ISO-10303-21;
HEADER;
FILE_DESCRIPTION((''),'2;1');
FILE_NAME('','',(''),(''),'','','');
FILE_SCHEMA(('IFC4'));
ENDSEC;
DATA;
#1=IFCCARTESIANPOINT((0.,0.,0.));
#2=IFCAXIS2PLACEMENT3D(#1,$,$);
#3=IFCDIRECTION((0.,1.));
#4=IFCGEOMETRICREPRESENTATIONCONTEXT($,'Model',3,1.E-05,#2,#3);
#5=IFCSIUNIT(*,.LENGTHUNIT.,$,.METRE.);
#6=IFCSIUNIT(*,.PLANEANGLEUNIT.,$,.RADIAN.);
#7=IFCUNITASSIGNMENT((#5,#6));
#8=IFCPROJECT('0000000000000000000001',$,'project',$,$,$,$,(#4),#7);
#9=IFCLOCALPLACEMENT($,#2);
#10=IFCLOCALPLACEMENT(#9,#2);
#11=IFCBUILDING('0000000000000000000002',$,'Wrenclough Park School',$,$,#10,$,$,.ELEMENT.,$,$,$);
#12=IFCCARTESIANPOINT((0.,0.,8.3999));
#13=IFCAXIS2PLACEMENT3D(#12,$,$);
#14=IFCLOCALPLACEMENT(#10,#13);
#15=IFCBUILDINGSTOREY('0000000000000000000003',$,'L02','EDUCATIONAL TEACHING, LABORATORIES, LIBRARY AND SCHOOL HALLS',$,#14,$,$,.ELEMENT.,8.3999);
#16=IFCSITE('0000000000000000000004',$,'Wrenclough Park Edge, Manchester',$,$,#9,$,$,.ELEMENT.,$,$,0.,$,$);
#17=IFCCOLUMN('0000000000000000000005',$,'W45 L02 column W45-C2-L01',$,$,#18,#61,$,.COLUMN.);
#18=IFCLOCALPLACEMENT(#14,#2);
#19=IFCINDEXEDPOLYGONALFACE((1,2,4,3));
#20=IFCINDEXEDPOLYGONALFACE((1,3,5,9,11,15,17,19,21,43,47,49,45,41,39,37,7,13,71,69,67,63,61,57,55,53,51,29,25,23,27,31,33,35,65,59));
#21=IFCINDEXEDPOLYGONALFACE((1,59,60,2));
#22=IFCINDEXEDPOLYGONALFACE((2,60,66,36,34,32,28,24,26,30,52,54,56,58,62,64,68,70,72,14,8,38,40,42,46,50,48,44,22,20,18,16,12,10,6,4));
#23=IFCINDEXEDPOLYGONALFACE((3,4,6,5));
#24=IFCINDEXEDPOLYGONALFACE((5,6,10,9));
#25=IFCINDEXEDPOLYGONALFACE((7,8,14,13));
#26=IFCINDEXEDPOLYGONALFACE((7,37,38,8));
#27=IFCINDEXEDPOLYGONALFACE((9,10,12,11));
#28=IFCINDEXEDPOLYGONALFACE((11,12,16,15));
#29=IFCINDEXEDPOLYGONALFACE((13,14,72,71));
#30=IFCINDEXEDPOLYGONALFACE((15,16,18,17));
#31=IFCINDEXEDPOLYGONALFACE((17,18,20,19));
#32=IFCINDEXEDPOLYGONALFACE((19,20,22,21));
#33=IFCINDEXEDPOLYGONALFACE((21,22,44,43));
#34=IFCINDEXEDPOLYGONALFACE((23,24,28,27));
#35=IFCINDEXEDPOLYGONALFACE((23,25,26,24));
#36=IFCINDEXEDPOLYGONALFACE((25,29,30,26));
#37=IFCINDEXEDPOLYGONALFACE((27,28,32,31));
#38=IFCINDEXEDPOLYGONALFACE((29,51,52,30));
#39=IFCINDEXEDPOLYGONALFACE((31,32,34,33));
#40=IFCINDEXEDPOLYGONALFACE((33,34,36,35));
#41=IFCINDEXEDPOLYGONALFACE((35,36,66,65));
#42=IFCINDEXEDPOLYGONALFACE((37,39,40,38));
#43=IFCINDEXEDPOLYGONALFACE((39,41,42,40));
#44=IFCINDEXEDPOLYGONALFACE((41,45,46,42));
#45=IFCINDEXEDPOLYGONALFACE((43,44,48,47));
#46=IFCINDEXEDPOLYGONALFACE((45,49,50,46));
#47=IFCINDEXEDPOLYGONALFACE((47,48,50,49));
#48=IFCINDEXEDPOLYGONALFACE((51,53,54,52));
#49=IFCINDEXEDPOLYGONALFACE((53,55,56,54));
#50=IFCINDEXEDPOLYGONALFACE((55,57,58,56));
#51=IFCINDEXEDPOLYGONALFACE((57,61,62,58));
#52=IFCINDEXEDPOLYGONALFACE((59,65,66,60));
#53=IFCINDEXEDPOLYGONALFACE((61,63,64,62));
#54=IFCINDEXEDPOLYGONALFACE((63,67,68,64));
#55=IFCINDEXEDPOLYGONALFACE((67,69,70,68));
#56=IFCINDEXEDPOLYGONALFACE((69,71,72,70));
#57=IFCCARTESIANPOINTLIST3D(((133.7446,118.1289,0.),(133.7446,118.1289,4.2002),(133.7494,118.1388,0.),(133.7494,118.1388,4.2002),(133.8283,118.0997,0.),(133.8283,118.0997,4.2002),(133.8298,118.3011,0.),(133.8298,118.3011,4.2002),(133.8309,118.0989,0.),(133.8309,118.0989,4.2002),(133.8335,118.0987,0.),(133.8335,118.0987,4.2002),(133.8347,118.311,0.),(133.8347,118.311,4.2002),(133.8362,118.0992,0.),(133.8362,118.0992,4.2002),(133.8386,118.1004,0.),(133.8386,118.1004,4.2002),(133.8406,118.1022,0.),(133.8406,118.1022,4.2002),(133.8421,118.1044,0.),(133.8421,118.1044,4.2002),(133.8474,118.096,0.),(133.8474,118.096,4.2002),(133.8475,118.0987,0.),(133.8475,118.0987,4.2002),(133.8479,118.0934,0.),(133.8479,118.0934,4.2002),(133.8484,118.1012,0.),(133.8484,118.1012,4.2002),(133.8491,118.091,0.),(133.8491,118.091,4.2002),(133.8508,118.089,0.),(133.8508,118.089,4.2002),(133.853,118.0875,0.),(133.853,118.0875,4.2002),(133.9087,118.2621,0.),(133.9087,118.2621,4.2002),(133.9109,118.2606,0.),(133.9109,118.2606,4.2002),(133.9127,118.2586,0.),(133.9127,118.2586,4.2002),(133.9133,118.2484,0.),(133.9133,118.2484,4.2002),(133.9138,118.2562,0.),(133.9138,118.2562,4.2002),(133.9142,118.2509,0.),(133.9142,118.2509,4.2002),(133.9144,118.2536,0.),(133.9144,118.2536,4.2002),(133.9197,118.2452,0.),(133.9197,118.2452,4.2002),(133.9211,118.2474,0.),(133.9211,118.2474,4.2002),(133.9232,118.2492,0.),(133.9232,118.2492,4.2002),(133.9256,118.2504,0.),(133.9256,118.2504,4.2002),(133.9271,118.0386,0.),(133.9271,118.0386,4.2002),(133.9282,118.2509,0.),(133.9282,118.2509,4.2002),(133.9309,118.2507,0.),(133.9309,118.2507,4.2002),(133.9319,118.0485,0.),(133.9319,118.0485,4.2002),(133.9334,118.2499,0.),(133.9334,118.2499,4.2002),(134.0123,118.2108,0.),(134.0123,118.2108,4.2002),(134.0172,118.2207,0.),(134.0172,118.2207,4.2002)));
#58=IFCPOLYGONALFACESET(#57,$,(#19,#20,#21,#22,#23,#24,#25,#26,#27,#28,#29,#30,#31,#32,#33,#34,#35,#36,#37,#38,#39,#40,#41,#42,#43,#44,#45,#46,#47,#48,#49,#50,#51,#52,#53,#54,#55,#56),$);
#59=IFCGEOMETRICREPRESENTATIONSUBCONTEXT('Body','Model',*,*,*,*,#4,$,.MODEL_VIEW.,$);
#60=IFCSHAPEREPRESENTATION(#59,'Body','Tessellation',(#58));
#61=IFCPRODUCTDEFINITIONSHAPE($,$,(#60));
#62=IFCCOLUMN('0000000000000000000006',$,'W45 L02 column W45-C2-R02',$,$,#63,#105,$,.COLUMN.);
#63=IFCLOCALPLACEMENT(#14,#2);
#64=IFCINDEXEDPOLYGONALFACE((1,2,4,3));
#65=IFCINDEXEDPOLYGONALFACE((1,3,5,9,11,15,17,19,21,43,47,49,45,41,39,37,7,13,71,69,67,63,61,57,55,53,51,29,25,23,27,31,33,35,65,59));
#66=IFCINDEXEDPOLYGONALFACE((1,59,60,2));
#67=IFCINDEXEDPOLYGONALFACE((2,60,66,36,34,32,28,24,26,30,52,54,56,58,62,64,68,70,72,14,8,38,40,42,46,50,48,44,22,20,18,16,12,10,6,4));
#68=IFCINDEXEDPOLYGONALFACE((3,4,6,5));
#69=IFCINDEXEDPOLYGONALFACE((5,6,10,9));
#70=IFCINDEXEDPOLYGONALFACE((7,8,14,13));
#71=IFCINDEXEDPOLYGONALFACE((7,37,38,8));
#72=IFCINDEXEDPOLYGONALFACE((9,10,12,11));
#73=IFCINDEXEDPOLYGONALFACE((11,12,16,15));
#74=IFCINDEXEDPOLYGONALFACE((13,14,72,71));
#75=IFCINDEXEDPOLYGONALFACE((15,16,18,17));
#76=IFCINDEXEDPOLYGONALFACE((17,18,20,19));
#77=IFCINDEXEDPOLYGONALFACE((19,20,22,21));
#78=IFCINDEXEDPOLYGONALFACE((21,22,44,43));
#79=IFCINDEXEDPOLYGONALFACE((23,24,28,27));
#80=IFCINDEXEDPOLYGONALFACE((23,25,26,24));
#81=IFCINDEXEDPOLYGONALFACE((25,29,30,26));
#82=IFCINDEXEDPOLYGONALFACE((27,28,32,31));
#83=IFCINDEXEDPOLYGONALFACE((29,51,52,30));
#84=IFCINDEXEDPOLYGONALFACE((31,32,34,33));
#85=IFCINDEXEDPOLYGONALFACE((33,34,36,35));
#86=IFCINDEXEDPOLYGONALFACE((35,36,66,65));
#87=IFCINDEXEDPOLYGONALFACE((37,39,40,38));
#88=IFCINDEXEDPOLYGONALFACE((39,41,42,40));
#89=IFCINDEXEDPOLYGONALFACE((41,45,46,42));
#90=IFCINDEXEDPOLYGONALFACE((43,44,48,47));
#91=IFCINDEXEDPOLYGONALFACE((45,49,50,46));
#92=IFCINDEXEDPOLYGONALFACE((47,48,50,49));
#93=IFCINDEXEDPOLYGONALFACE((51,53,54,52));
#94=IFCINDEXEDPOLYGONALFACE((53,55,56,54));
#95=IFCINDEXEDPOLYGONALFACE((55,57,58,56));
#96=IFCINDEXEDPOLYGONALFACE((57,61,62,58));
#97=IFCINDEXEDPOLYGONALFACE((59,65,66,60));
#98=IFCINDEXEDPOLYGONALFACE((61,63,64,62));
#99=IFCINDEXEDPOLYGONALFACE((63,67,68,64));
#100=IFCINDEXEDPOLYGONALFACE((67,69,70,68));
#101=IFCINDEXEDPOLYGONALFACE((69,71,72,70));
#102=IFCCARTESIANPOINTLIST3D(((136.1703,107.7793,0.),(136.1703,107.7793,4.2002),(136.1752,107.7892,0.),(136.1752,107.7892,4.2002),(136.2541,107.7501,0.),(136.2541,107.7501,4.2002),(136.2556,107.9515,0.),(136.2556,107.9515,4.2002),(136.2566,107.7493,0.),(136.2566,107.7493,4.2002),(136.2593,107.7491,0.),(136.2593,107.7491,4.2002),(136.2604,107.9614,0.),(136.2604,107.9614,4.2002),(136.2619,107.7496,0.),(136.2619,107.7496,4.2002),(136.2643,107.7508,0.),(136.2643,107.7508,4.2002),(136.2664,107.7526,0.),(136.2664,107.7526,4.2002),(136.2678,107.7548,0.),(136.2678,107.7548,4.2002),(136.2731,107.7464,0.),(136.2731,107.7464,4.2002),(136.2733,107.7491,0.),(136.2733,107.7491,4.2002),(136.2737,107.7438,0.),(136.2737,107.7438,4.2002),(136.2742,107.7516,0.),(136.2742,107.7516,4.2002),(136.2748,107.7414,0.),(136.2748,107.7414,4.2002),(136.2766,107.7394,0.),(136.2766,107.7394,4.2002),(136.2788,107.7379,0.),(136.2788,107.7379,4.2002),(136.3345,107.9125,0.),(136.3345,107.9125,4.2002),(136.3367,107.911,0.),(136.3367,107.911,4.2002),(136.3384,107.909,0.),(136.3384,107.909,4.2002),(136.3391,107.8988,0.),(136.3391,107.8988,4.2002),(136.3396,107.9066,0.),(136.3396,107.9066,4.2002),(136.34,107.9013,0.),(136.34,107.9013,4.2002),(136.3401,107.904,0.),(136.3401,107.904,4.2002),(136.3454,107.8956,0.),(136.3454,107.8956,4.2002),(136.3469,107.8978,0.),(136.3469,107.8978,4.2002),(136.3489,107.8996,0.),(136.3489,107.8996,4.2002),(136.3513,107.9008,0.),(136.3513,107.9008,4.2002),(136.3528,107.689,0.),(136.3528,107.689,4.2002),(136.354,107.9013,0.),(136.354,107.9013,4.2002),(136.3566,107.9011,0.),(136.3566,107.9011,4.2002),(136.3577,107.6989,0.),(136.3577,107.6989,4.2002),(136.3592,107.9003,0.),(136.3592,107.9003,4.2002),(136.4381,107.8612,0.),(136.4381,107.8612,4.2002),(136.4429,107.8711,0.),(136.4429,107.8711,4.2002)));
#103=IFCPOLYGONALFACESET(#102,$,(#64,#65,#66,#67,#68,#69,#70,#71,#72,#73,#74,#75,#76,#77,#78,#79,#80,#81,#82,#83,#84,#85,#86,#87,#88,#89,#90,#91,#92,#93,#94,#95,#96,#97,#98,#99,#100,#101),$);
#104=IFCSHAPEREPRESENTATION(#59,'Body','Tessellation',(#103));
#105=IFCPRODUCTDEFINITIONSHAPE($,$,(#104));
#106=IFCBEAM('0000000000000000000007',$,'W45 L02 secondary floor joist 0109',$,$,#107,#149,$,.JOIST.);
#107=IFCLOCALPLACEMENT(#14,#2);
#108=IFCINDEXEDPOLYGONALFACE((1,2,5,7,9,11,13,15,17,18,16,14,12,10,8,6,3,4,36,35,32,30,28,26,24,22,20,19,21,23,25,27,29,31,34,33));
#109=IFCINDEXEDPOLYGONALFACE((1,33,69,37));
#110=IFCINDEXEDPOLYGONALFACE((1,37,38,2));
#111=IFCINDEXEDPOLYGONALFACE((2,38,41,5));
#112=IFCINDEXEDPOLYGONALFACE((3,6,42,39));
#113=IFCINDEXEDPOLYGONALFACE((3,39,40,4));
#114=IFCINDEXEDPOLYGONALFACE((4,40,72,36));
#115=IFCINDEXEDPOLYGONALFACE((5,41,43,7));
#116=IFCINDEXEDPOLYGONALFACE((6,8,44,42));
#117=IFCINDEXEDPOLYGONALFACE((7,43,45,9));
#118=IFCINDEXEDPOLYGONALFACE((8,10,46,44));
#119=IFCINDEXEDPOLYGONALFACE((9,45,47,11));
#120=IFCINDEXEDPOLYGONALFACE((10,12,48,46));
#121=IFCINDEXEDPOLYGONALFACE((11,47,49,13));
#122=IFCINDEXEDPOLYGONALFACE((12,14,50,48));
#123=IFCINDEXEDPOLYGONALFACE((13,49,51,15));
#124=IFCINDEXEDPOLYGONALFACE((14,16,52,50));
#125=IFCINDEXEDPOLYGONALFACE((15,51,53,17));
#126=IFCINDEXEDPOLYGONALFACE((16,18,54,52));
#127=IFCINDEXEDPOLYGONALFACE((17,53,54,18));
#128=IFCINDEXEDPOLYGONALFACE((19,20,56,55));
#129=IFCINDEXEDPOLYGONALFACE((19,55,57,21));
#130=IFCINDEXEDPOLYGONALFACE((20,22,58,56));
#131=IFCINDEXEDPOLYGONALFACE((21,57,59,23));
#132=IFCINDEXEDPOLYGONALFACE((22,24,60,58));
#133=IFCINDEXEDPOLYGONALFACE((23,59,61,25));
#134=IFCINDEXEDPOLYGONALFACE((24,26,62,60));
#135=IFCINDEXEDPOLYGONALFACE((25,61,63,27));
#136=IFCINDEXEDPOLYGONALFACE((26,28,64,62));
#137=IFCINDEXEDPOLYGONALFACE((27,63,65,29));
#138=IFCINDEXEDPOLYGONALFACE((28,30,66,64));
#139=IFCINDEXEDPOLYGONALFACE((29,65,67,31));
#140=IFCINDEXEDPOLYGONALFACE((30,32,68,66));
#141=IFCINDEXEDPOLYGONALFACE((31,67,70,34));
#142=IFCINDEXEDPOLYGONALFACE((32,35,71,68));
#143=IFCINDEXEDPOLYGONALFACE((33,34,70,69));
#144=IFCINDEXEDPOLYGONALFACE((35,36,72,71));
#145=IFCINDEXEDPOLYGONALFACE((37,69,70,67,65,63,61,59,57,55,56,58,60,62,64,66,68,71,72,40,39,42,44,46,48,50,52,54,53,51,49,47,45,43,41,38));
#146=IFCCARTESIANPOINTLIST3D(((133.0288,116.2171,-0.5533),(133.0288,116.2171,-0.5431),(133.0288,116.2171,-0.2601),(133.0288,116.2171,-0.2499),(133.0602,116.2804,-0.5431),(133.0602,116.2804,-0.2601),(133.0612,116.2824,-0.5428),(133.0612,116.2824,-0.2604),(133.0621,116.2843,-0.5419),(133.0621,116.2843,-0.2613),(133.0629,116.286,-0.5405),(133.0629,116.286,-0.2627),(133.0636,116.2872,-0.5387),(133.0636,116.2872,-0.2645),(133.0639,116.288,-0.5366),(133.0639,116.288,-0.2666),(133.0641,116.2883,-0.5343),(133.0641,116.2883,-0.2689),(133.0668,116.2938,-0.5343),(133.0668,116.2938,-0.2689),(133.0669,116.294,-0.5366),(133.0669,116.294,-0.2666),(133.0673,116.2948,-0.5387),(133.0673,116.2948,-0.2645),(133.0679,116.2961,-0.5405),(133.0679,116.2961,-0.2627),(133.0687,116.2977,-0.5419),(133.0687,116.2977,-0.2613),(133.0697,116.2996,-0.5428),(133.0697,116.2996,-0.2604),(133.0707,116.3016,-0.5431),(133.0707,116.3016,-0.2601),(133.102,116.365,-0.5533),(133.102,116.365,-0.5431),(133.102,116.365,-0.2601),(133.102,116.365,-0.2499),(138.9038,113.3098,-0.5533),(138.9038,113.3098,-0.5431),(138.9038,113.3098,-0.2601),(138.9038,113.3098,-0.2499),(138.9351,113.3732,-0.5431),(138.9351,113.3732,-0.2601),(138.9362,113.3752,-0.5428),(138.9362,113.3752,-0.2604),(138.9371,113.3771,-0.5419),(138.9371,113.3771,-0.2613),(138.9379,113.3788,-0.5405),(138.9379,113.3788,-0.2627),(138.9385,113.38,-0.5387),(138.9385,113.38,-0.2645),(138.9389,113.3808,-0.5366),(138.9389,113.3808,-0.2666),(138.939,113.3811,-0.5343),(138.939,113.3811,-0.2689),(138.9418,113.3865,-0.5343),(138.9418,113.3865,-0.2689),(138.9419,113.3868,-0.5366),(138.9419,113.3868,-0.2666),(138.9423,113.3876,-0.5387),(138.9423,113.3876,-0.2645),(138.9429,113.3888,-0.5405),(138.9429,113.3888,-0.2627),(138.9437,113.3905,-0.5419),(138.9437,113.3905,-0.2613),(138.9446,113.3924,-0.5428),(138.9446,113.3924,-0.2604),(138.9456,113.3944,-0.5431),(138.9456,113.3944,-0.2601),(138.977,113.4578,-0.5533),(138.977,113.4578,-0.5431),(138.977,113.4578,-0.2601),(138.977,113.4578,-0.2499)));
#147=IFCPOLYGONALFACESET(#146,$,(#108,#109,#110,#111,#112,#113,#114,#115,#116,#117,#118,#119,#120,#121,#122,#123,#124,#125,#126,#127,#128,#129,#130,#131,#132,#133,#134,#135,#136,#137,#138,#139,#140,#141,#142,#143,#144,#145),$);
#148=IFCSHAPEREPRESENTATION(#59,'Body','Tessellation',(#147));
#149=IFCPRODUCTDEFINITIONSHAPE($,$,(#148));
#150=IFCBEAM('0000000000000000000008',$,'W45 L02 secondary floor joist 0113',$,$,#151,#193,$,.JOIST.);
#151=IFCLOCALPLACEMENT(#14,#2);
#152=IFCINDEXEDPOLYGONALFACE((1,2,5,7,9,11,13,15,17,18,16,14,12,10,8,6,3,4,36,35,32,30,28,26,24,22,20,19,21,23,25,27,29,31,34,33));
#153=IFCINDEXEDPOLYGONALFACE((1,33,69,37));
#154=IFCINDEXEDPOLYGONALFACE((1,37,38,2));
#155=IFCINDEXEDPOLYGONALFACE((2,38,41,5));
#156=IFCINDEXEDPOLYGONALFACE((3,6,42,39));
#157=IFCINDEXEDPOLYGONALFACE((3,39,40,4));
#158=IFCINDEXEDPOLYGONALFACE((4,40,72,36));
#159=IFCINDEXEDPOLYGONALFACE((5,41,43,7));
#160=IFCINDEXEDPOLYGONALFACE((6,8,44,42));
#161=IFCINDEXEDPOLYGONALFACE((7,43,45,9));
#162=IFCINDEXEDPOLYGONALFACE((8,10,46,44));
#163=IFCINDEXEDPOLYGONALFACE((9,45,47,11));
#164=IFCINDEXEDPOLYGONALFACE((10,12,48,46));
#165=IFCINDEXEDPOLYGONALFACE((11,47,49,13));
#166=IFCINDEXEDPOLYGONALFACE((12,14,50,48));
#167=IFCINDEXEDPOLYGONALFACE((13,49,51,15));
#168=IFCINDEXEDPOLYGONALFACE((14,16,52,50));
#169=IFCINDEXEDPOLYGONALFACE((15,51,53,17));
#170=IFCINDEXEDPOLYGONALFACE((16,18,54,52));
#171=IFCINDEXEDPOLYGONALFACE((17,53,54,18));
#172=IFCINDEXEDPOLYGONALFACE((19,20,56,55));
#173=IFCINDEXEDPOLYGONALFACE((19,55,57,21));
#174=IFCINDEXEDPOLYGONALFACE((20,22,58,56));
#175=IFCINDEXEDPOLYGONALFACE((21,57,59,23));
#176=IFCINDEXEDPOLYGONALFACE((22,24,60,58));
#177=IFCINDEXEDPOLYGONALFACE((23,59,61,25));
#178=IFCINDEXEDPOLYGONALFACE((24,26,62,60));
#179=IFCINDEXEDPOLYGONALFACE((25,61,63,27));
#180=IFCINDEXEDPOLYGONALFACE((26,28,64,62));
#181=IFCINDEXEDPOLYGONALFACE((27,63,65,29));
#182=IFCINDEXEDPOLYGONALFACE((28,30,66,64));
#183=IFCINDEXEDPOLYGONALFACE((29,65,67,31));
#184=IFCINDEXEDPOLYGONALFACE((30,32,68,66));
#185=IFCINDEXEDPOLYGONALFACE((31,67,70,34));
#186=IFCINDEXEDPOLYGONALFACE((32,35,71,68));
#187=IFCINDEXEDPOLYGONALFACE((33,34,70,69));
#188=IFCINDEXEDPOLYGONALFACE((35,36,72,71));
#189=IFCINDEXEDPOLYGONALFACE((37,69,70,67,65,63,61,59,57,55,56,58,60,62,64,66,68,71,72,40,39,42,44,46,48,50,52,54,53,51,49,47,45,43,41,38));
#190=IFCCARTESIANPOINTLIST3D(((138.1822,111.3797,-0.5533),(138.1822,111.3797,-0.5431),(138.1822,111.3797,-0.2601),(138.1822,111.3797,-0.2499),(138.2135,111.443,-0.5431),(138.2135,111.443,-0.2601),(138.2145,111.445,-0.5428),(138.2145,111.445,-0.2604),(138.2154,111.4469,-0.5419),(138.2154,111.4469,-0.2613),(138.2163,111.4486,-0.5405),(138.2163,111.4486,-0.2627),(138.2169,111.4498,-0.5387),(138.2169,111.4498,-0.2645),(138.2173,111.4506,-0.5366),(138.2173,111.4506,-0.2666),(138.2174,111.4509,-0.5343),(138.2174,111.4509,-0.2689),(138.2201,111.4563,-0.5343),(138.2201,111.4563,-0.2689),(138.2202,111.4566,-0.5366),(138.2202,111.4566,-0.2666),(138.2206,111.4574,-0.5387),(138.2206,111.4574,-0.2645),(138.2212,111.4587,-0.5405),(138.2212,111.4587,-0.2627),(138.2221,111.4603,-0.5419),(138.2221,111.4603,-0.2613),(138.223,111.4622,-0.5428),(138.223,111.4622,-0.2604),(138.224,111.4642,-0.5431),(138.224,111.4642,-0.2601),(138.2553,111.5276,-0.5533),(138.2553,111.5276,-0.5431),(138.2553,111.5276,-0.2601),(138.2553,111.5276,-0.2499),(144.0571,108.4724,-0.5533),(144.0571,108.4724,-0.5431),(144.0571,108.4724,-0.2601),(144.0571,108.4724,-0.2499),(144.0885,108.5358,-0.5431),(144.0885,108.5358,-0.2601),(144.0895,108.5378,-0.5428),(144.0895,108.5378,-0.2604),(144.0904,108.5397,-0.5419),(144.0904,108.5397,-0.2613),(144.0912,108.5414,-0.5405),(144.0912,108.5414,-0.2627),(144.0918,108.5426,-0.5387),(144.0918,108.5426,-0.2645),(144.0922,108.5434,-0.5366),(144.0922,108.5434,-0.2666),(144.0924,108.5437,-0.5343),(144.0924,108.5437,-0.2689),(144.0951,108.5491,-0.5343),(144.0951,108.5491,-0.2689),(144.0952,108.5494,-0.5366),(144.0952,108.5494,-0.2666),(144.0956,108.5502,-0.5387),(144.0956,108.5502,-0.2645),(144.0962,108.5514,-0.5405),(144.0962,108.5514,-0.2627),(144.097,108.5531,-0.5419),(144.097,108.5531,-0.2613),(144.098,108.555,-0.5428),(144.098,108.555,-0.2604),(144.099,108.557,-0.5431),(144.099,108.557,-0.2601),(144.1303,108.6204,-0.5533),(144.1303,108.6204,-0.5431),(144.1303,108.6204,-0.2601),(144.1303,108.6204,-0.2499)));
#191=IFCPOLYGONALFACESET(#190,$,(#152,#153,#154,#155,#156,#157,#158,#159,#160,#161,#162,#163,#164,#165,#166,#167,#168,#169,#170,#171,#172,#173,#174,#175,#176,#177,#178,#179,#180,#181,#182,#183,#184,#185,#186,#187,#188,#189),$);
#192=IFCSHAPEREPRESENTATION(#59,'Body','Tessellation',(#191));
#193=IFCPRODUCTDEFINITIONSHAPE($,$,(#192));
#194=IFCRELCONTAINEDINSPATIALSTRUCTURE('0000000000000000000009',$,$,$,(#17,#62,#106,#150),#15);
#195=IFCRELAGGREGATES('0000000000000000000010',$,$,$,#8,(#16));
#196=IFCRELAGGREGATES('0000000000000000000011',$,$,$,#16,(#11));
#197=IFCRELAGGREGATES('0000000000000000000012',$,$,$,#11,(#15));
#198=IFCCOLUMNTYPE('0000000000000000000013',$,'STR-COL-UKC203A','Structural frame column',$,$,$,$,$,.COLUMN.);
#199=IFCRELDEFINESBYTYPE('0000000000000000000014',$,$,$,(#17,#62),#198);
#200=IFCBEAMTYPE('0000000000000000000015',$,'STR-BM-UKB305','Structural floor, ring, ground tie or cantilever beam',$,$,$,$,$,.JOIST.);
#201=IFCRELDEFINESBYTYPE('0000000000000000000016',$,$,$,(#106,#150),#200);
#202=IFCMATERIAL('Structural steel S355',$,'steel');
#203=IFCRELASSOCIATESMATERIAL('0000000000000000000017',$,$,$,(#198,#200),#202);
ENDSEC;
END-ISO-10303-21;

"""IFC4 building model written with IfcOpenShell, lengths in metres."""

from ifc_helpers import new_model, si_unit, direction, frame, origin, origin_2d, place, context, subcontext, project, spatial, i_section, extrude, material, material_profile, profile_set, type_object, element, save


model = new_model("IFC4")

# Units and contexts
model_context = context("Model", 3, precision=1e-05, world=origin(), true_north=direction((0.0, 1.0)))
body_context = subcontext(model_context, "Body", "Model", "MODEL_VIEW")
ifc_project = project(units=[si_unit("LENGTHUNIT", "METRE"), si_unit("PLANEANGLEUNIT", "RADIAN")], contexts=[model_context])

# Site, building, storey
site_placement = place(None, origin())
site = spatial("IfcSite", under=ifc_project, at=site_placement, Name="Wrenclough Park Edge, Manchester", CompositionType="ELEMENT", RefElevation=0.0)
building_placement = place(site_placement, origin())
building = spatial("IfcBuilding", under=site, at=building_placement, Name="Wrenclough Park School", CompositionType="ELEMENT")
storey_placement = place(building_placement, frame((0.0, 0.0, 8.3999)))
storey = spatial("IfcBuildingStorey", under=building, at=storey_placement, Name="L02", Description="EDUCATIONAL TEACHING, LABORATORIES, LIBRARY AND SCHOOL HALLS", CompositionType="ELEMENT", Elevation=8.3999)

# Columns
ifc_material_1 = material(Name="Structural steel S355", Category="steel")
ifc_material_profile_1 = material_profile(ifc_material_1, i_section(OverallWidth=0.2036, OverallDepth=0.2031, WebThickness=0.0071, FlangeThickness=0.011, FilletRadius=0.0103, at=origin_2d()), Name="UKC 203x203x46")
ifc_profile_set_1 = profile_set([ifc_material_profile_1], Name="Structural steel S355")
column_type = type_object("IfcColumnType", Name="STR-COL-UKC203A", Description="Structural frame column", PredefinedType="COLUMN", material=ifc_profile_set_1)
for number, where, z_axis, x_axis, name in (
    (1, (133.8809, 118.1748, 0.0), (0.0, 0.0, 1.0), (0.896254, -0.443541, 0.0), "W45 L02 column W45-C2-L01"),
    (2, (136.3066, 107.8252, 0.0), (0.0, 0.0, 1.0), (0.896254, -0.443541, 0.0), "W45 L02 column W45-C2-R02"),
):
    element("IfcColumn", number, at=place(storey_placement, frame(where, z_axis=z_axis, x_axis=x_axis)), inside=storey, type_object=column_type, Name=name, PredefinedType="COLUMN", context=body_context, shape_type="SweptSolid", body=[
        extrude(i_section(OverallWidth=0.2036, OverallDepth=0.2031, WebThickness=0.0071, FlangeThickness=0.011, FilletRadius=0.0103, at=origin_2d()), origin(), (0.0, 0.0, 1.0), 4.2002),
    ])

# Beams
ifc_material_profile_2 = material_profile(ifc_material_1, i_section(OverallWidth=0.165, OverallDepth=0.3035, WebThickness=0.0061, FlangeThickness=0.0103, FilletRadius=0.0088, at=origin_2d()), Name="UKB 305x165x40")
ifc_profile_set_2 = profile_set([ifc_material_profile_2], Name="Structural steel S355")
beam_type_1 = type_object("IfcBeamType", Name="STR-BM-UKB305", Description="Structural floor, ring, ground tie or cantilever beam", PredefinedType="JOIST", material=ifc_profile_set_2)
for number, where, z_axis, x_axis, name in (
    (3, (133.0654, 116.291, -0.4016), (0.896267, -0.443515, 0.0), (0.443515, 0.896267, 0.0), "W45 L02 secondary floor joist 0109"),
    (4, (138.2188, 111.4536, -0.4016), (0.896267, -0.443515, 0.0), (0.443515, 0.896267, 0.0), "W45 L02 secondary floor joist 0113"),
):
    element("IfcBeam", number, at=place(storey_placement, frame(where, z_axis=z_axis, x_axis=x_axis)), inside=storey, type_object=beam_type_1, Name=name, PredefinedType="JOIST", context=body_context, shape_type="SweptSolid", body=[
        extrude(i_section(OverallWidth=0.165, OverallDepth=0.3035, WebThickness=0.0061, FlangeThickness=0.0103, FilletRadius=0.0088, at=origin_2d()), origin(), (0.0, 0.0, 1.0), 6.5549),
    ])

save(model, "model.ifc")
